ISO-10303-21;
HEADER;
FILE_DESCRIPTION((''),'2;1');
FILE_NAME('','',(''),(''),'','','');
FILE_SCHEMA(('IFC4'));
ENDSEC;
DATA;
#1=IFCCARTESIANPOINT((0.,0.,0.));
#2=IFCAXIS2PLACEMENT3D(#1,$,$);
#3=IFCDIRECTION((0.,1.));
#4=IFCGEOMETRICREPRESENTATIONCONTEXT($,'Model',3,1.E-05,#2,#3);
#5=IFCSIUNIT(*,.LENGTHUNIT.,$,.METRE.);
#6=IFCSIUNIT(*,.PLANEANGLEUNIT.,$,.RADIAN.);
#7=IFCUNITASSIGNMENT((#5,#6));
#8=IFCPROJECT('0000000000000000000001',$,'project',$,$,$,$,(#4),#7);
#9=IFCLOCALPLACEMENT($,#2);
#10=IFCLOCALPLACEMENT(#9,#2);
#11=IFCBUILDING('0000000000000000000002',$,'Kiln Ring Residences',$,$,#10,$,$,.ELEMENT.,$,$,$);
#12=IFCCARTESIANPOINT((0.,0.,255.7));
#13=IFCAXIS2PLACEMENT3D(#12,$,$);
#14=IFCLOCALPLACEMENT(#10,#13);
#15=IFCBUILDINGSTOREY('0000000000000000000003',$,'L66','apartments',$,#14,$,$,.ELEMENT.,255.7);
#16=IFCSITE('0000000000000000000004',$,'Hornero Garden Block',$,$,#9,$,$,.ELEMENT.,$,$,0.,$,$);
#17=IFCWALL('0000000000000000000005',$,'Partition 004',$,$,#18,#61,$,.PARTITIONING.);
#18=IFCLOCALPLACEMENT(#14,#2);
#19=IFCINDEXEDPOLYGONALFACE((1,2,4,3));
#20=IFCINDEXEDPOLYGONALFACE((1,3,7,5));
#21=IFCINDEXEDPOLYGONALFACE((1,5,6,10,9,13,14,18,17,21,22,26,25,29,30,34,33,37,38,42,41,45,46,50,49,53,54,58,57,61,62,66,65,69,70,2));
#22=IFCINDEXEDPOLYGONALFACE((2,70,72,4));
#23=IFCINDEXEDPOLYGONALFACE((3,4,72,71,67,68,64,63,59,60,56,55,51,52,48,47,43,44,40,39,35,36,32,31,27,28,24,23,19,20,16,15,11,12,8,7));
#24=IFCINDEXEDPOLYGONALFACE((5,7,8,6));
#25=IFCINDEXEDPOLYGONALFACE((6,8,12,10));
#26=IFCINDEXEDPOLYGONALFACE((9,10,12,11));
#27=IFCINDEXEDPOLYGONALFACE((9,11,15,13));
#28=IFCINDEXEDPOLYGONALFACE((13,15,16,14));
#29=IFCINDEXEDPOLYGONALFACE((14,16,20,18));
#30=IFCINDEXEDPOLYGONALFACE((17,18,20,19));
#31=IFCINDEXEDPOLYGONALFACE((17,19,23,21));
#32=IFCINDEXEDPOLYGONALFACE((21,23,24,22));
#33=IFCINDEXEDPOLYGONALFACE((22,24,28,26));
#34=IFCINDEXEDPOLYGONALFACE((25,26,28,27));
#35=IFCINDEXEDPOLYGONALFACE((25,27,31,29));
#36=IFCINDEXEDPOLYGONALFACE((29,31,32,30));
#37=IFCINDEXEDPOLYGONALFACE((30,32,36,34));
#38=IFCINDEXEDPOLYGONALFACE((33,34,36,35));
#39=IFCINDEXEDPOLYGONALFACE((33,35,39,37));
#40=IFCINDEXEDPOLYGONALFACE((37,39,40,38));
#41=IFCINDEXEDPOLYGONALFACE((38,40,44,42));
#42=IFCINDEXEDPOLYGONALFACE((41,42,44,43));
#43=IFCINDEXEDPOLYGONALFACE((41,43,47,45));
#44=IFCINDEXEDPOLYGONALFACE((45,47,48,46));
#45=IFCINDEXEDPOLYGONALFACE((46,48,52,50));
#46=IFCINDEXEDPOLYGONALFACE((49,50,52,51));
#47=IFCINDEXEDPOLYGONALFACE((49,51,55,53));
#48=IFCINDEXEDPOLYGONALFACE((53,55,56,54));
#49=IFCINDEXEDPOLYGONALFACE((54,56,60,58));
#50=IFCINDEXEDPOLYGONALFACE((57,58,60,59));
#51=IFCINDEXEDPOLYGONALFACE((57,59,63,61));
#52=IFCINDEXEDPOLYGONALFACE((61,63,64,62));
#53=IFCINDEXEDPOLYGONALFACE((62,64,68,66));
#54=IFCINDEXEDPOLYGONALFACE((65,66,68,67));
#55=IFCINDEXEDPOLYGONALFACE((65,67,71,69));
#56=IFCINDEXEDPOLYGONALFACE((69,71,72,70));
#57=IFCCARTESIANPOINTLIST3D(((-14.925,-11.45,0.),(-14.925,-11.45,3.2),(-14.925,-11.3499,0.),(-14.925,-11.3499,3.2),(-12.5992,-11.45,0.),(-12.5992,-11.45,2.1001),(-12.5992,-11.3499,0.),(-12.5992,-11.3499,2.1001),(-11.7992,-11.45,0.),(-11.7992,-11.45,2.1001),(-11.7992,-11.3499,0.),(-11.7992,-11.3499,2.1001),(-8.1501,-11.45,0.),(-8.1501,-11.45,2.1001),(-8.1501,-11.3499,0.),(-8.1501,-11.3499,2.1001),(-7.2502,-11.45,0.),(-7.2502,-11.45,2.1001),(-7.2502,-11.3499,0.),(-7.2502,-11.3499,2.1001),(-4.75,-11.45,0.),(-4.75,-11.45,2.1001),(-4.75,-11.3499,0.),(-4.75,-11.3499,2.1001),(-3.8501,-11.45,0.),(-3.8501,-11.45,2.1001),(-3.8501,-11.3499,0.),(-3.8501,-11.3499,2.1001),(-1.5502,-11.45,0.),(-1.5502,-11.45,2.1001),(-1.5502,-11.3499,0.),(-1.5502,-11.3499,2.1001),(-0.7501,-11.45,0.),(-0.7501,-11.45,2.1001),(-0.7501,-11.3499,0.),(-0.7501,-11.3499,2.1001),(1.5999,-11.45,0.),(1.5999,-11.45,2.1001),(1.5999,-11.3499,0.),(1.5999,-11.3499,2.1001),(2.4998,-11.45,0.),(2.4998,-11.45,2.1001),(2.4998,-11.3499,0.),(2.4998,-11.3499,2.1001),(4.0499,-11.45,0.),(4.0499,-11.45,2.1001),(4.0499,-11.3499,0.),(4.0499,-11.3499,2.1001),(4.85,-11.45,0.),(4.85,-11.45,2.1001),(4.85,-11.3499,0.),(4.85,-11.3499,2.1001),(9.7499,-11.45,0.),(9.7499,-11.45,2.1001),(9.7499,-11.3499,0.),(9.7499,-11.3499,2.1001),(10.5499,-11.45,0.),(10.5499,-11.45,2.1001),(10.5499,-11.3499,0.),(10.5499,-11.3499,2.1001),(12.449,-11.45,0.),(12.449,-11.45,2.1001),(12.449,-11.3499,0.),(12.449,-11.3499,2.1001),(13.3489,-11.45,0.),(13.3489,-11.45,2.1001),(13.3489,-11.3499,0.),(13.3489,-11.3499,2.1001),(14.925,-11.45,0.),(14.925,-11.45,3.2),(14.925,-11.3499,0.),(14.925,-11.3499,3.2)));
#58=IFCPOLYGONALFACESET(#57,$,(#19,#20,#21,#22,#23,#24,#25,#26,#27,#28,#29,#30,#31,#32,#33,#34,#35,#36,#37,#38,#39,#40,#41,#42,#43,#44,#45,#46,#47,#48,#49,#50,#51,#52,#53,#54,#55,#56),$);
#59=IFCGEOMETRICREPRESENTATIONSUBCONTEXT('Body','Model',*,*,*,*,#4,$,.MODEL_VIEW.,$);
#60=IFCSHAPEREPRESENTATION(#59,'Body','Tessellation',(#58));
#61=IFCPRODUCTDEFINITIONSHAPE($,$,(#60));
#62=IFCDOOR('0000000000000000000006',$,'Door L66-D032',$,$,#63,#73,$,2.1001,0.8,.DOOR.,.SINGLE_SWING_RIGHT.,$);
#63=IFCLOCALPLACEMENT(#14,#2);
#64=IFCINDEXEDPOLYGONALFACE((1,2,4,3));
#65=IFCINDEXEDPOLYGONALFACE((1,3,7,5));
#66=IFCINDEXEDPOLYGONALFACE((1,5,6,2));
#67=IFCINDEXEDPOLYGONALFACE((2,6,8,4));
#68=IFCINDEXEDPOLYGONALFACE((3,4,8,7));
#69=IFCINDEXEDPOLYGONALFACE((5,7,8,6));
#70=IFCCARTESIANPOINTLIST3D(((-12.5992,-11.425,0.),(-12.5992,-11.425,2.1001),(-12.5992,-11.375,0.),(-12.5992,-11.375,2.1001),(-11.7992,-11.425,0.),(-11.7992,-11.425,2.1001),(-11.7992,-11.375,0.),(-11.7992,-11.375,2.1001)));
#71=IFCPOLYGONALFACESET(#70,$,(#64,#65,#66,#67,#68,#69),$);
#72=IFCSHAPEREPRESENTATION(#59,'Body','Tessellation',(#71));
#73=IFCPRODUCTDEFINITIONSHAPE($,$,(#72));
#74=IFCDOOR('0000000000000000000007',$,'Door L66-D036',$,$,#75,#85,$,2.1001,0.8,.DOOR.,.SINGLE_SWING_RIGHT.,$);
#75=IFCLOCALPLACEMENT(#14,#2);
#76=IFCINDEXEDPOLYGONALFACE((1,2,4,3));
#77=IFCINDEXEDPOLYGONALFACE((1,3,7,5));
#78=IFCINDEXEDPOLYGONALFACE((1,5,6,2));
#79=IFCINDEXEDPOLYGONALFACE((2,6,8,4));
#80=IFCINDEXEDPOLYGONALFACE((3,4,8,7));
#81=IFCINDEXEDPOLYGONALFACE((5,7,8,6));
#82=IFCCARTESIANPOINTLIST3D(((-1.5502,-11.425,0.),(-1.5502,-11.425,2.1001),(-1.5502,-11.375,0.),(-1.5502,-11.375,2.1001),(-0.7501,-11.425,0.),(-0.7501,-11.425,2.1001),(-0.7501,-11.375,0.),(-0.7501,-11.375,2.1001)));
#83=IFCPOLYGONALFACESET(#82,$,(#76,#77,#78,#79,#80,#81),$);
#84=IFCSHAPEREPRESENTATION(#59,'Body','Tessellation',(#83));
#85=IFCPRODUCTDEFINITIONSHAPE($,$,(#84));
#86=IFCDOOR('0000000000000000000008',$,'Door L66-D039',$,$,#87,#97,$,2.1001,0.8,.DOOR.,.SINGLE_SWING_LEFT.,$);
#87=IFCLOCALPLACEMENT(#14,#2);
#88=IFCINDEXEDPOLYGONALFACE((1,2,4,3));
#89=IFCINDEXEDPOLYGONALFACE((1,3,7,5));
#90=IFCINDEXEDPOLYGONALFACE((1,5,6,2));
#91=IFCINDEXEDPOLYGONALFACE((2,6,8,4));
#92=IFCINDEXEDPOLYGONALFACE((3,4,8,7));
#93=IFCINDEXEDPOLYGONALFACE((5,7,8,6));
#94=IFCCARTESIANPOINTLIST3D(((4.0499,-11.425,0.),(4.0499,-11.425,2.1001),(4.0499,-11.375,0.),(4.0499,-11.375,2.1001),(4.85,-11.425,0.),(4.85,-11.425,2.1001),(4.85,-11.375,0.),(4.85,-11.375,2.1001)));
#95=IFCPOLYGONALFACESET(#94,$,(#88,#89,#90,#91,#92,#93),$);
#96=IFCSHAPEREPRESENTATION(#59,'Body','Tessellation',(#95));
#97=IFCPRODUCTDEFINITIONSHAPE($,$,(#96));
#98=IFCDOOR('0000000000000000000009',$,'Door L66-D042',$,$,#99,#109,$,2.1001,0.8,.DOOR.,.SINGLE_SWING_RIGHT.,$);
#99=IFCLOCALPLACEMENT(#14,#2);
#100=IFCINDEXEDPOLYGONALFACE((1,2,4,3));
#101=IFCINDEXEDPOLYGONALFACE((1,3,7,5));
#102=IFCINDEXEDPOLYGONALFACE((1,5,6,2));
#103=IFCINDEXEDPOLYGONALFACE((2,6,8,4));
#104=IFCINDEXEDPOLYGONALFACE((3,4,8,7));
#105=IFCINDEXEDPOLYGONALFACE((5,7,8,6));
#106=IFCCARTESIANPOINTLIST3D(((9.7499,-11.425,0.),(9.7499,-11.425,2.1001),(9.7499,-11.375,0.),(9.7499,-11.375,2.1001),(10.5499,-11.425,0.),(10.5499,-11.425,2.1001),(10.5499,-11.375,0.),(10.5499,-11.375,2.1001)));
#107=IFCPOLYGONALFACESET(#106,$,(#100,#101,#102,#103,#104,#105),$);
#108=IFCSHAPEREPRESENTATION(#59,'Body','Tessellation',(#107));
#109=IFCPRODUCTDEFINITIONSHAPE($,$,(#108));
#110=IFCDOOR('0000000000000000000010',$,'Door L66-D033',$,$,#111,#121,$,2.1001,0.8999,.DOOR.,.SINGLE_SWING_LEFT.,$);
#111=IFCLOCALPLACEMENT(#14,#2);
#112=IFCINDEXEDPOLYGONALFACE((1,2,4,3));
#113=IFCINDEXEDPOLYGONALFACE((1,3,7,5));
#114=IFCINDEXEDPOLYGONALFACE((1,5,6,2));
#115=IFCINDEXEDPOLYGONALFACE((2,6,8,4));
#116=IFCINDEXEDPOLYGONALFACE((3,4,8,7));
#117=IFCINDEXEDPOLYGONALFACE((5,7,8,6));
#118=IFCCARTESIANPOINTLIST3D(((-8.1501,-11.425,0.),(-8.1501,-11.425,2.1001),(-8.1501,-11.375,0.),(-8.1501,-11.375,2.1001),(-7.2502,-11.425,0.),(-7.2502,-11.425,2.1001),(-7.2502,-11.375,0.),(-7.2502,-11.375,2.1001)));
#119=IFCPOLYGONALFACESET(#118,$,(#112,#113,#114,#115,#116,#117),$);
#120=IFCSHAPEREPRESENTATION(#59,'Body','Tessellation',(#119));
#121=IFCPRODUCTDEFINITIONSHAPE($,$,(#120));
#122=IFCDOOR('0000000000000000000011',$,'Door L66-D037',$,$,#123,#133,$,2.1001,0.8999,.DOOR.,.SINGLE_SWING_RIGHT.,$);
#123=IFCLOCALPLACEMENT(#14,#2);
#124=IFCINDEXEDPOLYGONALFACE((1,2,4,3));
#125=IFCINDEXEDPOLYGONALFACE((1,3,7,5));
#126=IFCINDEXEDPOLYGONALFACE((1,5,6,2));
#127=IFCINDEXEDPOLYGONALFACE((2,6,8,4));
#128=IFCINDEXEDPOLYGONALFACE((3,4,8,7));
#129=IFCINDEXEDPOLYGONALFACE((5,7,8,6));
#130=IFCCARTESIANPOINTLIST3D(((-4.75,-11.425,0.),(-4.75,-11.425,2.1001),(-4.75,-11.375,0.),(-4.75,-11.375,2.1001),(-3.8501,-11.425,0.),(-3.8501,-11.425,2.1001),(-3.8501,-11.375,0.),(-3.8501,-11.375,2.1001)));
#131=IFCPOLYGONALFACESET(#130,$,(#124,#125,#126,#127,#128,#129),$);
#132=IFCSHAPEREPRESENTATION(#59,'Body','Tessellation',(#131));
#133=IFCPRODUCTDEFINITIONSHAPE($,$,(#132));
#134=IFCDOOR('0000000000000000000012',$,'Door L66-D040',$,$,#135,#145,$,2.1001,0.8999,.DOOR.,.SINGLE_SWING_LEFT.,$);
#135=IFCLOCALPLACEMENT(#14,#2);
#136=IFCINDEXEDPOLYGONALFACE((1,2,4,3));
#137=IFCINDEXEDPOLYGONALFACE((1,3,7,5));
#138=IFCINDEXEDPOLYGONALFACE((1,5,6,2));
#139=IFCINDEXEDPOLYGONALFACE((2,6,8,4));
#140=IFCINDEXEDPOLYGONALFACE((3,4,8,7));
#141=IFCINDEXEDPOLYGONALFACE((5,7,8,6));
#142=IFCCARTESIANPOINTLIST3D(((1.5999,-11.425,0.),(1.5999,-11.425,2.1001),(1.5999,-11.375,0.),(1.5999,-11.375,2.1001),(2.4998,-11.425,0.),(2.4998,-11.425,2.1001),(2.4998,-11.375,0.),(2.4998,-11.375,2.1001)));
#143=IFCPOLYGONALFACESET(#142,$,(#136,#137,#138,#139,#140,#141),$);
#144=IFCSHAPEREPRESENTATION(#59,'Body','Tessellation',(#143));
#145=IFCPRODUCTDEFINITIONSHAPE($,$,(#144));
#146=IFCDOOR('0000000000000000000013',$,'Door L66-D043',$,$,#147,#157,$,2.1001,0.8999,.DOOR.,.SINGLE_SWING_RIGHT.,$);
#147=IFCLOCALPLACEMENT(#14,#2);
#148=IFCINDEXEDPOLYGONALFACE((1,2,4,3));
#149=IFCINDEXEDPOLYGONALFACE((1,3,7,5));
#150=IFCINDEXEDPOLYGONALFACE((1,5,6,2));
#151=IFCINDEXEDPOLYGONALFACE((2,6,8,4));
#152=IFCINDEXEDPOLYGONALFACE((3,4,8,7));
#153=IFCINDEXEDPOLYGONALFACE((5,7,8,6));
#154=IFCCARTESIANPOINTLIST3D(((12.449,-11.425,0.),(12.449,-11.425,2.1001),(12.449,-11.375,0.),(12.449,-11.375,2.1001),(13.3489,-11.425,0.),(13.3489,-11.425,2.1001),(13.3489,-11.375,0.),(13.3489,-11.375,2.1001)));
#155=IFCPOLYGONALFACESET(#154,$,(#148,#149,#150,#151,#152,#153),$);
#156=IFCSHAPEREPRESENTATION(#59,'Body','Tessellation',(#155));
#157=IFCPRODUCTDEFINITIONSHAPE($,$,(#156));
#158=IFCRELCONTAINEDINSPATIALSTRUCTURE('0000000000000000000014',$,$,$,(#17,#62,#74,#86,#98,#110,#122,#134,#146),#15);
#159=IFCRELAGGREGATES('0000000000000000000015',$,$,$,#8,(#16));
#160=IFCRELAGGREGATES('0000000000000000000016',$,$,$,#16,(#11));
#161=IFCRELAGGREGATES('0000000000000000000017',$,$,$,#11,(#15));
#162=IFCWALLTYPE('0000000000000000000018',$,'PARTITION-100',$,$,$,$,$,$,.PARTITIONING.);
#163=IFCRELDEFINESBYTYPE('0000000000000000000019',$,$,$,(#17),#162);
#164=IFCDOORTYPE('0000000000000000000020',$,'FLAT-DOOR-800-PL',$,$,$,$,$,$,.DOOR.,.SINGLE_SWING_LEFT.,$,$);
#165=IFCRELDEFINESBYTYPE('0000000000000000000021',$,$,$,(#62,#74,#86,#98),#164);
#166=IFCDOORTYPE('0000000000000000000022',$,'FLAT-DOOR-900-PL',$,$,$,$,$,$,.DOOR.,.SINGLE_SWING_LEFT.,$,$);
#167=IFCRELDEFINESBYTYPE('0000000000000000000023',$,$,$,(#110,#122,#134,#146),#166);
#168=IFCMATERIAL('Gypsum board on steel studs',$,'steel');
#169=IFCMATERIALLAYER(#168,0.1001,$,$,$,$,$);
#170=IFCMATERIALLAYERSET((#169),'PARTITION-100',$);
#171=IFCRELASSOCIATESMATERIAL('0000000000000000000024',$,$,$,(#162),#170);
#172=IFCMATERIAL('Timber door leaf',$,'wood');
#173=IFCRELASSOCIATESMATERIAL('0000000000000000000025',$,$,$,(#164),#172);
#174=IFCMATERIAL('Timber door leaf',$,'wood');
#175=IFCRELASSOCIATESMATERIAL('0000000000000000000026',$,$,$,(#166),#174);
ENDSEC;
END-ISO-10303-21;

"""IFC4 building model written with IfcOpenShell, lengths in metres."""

from ifc_helpers import new_model, si_unit, direction, frame, frame_2d, origin, place, context, subcontext, project, spatial, rectangle, extrude, material, layer, layer_set, type_object, element, fill, save


model = new_model("IFC4")

# Units and contexts
model_context = context("Model", 3, precision=1e-05, world=origin(), true_north=direction((0.0, 1.0)))
body_context = subcontext(model_context, "Body", "Model", "MODEL_VIEW")
ifc_project = project(units=[si_unit("LENGTHUNIT", "METRE"), si_unit("PLANEANGLEUNIT", "RADIAN")], contexts=[model_context])

# Site, building, storey
site_placement = place(None, origin())
site = spatial("IfcSite", under=ifc_project, at=site_placement, Name="Hornero Garden Block", CompositionType="ELEMENT", RefElevation=0.0)
building_placement = place(site_placement, origin())
building = spatial("IfcBuilding", under=site, at=building_placement, Name="Kiln Ring Residences", CompositionType="ELEMENT")
storey_placement = place(building_placement, frame((0.0, 0.0, 255.7)))
storey = spatial("IfcBuildingStorey", under=building, at=storey_placement, Name="L66", Description="apartments", CompositionType="ELEMENT", Elevation=255.7)

# Wall, openings, doors
ifc_material_1 = material(Name="Gypsum board on steel studs", Category="steel")
ifc_layer_1 = layer(ifc_material_1, 0.1001)
ifc_layer_set_1 = layer_set([ifc_layer_1], Name="PARTITION-100")
wall_type_1 = type_object("IfcWallType", Name="PARTITION-100", PredefinedType="PARTITIONING", material=ifc_layer_set_1)
wall_1_placement = place(storey_placement, frame((-14.925, -11.3999, 0.0), z_axis=(0.0, 0.0, 1.0), x_axis=(1.0, 0.0, 0.0)))
wall_1 = element("IfcWall", 1, at=wall_1_placement, inside=storey, type_object=wall_type_1, Name="Partition 004", PredefinedType="PARTITIONING", context=body_context, shape_type="SweptSolid", body=[
    extrude(rectangle(XDim=29.8501, YDim=0.1001, at=frame_2d((14.925, 0.0))), origin(), (0.0, 0.0, 1.0), 3.2),
])
opening_1_placement = place(wall_1_placement, frame((2.3259, 0.0, 0.0)))
opening_1 = element("IfcOpeningElement", 2, at=opening_1_placement, cuts=wall_1, PredefinedType="OPENING", context=body_context, shape_type="SweptSolid", body=[
    extrude(rectangle(XDim=0.8, YDim=2.1001, at=frame_2d((0.3999, 1.05))), frame((0.0, 0.0601, 0.0), z_axis=(0.0, -1.0, 0.0), x_axis=(1.0, 0.0, 0.0)), (0.0, 0.0, 1.0), 0.1201),
])
opening_2_placement = place(wall_1_placement, frame((6.7749, 0.0, 0.0)))
opening_2 = element("IfcOpeningElement", 3, at=opening_2_placement, cuts=wall_1, PredefinedType="OPENING", context=body_context, shape_type="SweptSolid", body=[
    extrude(rectangle(XDim=0.8999, YDim=2.1001, at=frame_2d((0.45, 1.05))), frame((0.0, 0.0601, 0.0), z_axis=(0.0, -1.0, 0.0), x_axis=(1.0, 0.0, 0.0)), (0.0, 0.0, 1.0), 0.1201),
])
opening_3_placement = place(wall_1_placement, frame((13.375, 0.0, 0.0)))
opening_3 = element("IfcOpeningElement", 4, at=opening_3_placement, cuts=wall_1, PredefinedType="OPENING", context=body_context, shape_type="SweptSolid", body=[
    extrude(rectangle(XDim=0.8, YDim=2.1001, at=frame_2d((0.3999, 1.05))), frame((0.0, 0.0601, 0.0), z_axis=(0.0, -1.0, 0.0), x_axis=(1.0, 0.0, 0.0)), (0.0, 0.0, 1.0), 0.1201),
])
opening_4_placement = place(wall_1_placement, frame((10.175, 0.0, 0.0)))
opening_4 = element("IfcOpeningElement", 5, at=opening_4_placement, cuts=wall_1, PredefinedType="OPENING", context=body_context, shape_type="SweptSolid", body=[
    extrude(rectangle(XDim=0.8999, YDim=2.1001, at=frame_2d((0.45, 1.05))), frame((0.0, 0.0601, 0.0), z_axis=(0.0, -1.0, 0.0), x_axis=(1.0, 0.0, 0.0)), (0.0, 0.0, 1.0), 0.1201),
])
opening_5_placement = place(wall_1_placement, frame((18.9751, 0.0, 0.0)))
opening_5 = element("IfcOpeningElement", 6, at=opening_5_placement, cuts=wall_1, PredefinedType="OPENING", context=body_context, shape_type="SweptSolid", body=[
    extrude(rectangle(XDim=0.8, YDim=2.1001, at=frame_2d((0.3999, 1.05))), frame((0.0, 0.0601, 0.0), z_axis=(0.0, -1.0, 0.0), x_axis=(1.0, 0.0, 0.0)), (0.0, 0.0, 1.0), 0.1201),
])
opening_6_placement = place(wall_1_placement, frame((16.5249, 0.0, 0.0)))
opening_6 = element("IfcOpeningElement", 7, at=opening_6_placement, cuts=wall_1, PredefinedType="OPENING", context=body_context, shape_type="SweptSolid", body=[
    extrude(rectangle(XDim=0.8999, YDim=2.1001, at=frame_2d((0.45, 1.05))), frame((0.0, 0.0601, 0.0), z_axis=(0.0, -1.0, 0.0), x_axis=(1.0, 0.0, 0.0)), (0.0, 0.0, 1.0), 0.1201),
])
opening_7_placement = place(wall_1_placement, frame((24.675, 0.0, 0.0)))
opening_7 = element("IfcOpeningElement", 8, at=opening_7_placement, cuts=wall_1, PredefinedType="OPENING", context=body_context, shape_type="SweptSolid", body=[
    extrude(rectangle(XDim=0.8, YDim=2.1001, at=frame_2d((0.3999, 1.05))), frame((0.0, 0.0601, 0.0), z_axis=(0.0, -1.0, 0.0), x_axis=(1.0, 0.0, 0.0)), (0.0, 0.0, 1.0), 0.1201),
])
opening_8_placement = place(wall_1_placement, frame((27.374, 0.0, 0.0)))
opening_8 = element("IfcOpeningElement", 9, at=opening_8_placement, cuts=wall_1, PredefinedType="OPENING", context=body_context, shape_type="SweptSolid", body=[
    extrude(rectangle(XDim=0.8999, YDim=2.1001, at=frame_2d((0.45, 1.05))), frame((0.0, 0.0601, 0.0), z_axis=(0.0, -1.0, 0.0), x_axis=(1.0, 0.0, 0.0)), (0.0, 0.0, 1.0), 0.1201),
])
ifc_material_2 = material(Name="Timber door leaf", Category="wood")
door_type_1 = type_object("IfcDoorType", Name="FLAT-DOOR-800-PL", OperationType="SINGLE_SWING_LEFT", PredefinedType="DOOR", material=ifc_material_2)
door_1_placement = place(opening_1_placement, origin())
door_1 = element("IfcDoor", 10, at=door_1_placement, inside=storey, type_object=door_type_1, Name="Door L66-D032", OperationType="SINGLE_SWING_RIGHT", OverallHeight=2.1001, OverallWidth=0.8, PredefinedType="DOOR", context=body_context, shape_type="SweptSolid", body=[
    extrude(rectangle(XDim=0.8, YDim=2.1001, at=frame_2d((0.3999, 1.05))), frame((0.0, 0.0249, 0.0), z_axis=(0.0, -1.0, 0.0), x_axis=(1.0, 0.0, 0.0)), (0.0, 0.0, 1.0), 0.05),
])
fill(opening_1, door_1)
door_2_placement = place(opening_3_placement, origin())
door_2 = element("IfcDoor", 11, at=door_2_placement, inside=storey, type_object=door_type_1, Name="Door L66-D036", OperationType="SINGLE_SWING_RIGHT", OverallHeight=2.1001, OverallWidth=0.8, PredefinedType="DOOR", context=body_context, shape_type="SweptSolid", body=[
    extrude(rectangle(XDim=0.8, YDim=2.1001, at=frame_2d((0.3999, 1.05))), frame((0.0, 0.0249, 0.0), z_axis=(0.0, -1.0, 0.0), x_axis=(1.0, 0.0, 0.0)), (0.0, 0.0, 1.0), 0.05),
])
fill(opening_3, door_2)
door_3_placement = place(opening_5_placement, origin())
door_3 = element("IfcDoor", 12, at=door_3_placement, inside=storey, type_object=door_type_1, Name="Door L66-D039", OperationType="SINGLE_SWING_LEFT", OverallHeight=2.1001, OverallWidth=0.8, PredefinedType="DOOR", context=body_context, shape_type="SweptSolid", body=[
    extrude(rectangle(XDim=0.8, YDim=2.1001, at=frame_2d((0.3999, 1.05))), frame((0.0, 0.0249, 0.0), z_axis=(0.0, -1.0, 0.0), x_axis=(1.0, 0.0, 0.0)), (0.0, 0.0, 1.0), 0.05),
])
fill(opening_5, door_3)
door_4_placement = place(opening_7_placement, origin())
door_4 = element("IfcDoor", 13, at=door_4_placement, inside=storey, type_object=door_type_1, Name="Door L66-D042", OperationType="SINGLE_SWING_RIGHT", OverallHeight=2.1001, OverallWidth=0.8, PredefinedType="DOOR", context=body_context, shape_type="SweptSolid", body=[
    extrude(rectangle(XDim=0.8, YDim=2.1001, at=frame_2d((0.3999, 1.05))), frame((0.0, 0.0249, 0.0), z_axis=(0.0, -1.0, 0.0), x_axis=(1.0, 0.0, 0.0)), (0.0, 0.0, 1.0), 0.05),
])
fill(opening_7, door_4)
ifc_material_3 = material(Name="Timber door leaf", Category="wood")
door_type_2 = type_object("IfcDoorType", Name="FLAT-DOOR-900-PL", OperationType="SINGLE_SWING_LEFT", PredefinedType="DOOR", material=ifc_material_3)
door_5_placement = place(opening_2_placement, origin())
door_5 = element("IfcDoor", 14, at=door_5_placement, inside=storey, type_object=door_type_2, Name="Door L66-D033", OperationType="SINGLE_SWING_LEFT", OverallHeight=2.1001, OverallWidth=0.8999, PredefinedType="DOOR", context=body_context, shape_type="SweptSolid", body=[
    extrude(rectangle(XDim=0.8999, YDim=2.1001, at=frame_2d((0.45, 1.05))), frame((0.0, 0.0249, 0.0), z_axis=(0.0, -1.0, 0.0), x_axis=(1.0, 0.0, 0.0)), (0.0, 0.0, 1.0), 0.05),
])
fill(opening_2, door_5)
door_6_placement = place(opening_4_placement, origin())
door_6 = element("IfcDoor", 15, at=door_6_placement, inside=storey, type_object=door_type_2, Name="Door L66-D037", OperationType="SINGLE_SWING_RIGHT", OverallHeight=2.1001, OverallWidth=0.8999, PredefinedType="DOOR", context=body_context, shape_type="SweptSolid", body=[
    extrude(rectangle(XDim=0.8999, YDim=2.1001, at=frame_2d((0.45, 1.05))), frame((0.0, 0.0249, 0.0), z_axis=(0.0, -1.0, 0.0), x_axis=(1.0, 0.0, 0.0)), (0.0, 0.0, 1.0), 0.05),
])
fill(opening_4, door_6)
door_7_placement = place(opening_6_placement, origin())
door_7 = element("IfcDoor", 16, at=door_7_placement, inside=storey, type_object=door_type_2, Name="Door L66-D040", OperationType="SINGLE_SWING_LEFT", OverallHeight=2.1001, OverallWidth=0.8999, PredefinedType="DOOR", context=body_context, shape_type="SweptSolid", body=[
    extrude(rectangle(XDim=0.8999, YDim=2.1001, at=frame_2d((0.45, 1.05))), frame((0.0, 0.0249, 0.0), z_axis=(0.0, -1.0, 0.0), x_axis=(1.0, 0.0, 0.0)), (0.0, 0.0, 1.0), 0.05),
])
fill(opening_6, door_7)
door_8_placement = place(opening_8_placement, origin())
door_8 = element("IfcDoor", 17, at=door_8_placement, inside=storey, type_object=door_type_2, Name="Door L66-D043", OperationType="SINGLE_SWING_RIGHT", OverallHeight=2.1001, OverallWidth=0.8999, PredefinedType="DOOR", context=body_context, shape_type="SweptSolid", body=[
    extrude(rectangle(XDim=0.8999, YDim=2.1001, at=frame_2d((0.45, 1.05))), frame((0.0, 0.0249, 0.0), z_axis=(0.0, -1.0, 0.0), x_axis=(1.0, 0.0, 0.0)), (0.0, 0.0, 1.0), 0.05),
])
fill(opening_8, door_8)

save(model, "model.ifc")
